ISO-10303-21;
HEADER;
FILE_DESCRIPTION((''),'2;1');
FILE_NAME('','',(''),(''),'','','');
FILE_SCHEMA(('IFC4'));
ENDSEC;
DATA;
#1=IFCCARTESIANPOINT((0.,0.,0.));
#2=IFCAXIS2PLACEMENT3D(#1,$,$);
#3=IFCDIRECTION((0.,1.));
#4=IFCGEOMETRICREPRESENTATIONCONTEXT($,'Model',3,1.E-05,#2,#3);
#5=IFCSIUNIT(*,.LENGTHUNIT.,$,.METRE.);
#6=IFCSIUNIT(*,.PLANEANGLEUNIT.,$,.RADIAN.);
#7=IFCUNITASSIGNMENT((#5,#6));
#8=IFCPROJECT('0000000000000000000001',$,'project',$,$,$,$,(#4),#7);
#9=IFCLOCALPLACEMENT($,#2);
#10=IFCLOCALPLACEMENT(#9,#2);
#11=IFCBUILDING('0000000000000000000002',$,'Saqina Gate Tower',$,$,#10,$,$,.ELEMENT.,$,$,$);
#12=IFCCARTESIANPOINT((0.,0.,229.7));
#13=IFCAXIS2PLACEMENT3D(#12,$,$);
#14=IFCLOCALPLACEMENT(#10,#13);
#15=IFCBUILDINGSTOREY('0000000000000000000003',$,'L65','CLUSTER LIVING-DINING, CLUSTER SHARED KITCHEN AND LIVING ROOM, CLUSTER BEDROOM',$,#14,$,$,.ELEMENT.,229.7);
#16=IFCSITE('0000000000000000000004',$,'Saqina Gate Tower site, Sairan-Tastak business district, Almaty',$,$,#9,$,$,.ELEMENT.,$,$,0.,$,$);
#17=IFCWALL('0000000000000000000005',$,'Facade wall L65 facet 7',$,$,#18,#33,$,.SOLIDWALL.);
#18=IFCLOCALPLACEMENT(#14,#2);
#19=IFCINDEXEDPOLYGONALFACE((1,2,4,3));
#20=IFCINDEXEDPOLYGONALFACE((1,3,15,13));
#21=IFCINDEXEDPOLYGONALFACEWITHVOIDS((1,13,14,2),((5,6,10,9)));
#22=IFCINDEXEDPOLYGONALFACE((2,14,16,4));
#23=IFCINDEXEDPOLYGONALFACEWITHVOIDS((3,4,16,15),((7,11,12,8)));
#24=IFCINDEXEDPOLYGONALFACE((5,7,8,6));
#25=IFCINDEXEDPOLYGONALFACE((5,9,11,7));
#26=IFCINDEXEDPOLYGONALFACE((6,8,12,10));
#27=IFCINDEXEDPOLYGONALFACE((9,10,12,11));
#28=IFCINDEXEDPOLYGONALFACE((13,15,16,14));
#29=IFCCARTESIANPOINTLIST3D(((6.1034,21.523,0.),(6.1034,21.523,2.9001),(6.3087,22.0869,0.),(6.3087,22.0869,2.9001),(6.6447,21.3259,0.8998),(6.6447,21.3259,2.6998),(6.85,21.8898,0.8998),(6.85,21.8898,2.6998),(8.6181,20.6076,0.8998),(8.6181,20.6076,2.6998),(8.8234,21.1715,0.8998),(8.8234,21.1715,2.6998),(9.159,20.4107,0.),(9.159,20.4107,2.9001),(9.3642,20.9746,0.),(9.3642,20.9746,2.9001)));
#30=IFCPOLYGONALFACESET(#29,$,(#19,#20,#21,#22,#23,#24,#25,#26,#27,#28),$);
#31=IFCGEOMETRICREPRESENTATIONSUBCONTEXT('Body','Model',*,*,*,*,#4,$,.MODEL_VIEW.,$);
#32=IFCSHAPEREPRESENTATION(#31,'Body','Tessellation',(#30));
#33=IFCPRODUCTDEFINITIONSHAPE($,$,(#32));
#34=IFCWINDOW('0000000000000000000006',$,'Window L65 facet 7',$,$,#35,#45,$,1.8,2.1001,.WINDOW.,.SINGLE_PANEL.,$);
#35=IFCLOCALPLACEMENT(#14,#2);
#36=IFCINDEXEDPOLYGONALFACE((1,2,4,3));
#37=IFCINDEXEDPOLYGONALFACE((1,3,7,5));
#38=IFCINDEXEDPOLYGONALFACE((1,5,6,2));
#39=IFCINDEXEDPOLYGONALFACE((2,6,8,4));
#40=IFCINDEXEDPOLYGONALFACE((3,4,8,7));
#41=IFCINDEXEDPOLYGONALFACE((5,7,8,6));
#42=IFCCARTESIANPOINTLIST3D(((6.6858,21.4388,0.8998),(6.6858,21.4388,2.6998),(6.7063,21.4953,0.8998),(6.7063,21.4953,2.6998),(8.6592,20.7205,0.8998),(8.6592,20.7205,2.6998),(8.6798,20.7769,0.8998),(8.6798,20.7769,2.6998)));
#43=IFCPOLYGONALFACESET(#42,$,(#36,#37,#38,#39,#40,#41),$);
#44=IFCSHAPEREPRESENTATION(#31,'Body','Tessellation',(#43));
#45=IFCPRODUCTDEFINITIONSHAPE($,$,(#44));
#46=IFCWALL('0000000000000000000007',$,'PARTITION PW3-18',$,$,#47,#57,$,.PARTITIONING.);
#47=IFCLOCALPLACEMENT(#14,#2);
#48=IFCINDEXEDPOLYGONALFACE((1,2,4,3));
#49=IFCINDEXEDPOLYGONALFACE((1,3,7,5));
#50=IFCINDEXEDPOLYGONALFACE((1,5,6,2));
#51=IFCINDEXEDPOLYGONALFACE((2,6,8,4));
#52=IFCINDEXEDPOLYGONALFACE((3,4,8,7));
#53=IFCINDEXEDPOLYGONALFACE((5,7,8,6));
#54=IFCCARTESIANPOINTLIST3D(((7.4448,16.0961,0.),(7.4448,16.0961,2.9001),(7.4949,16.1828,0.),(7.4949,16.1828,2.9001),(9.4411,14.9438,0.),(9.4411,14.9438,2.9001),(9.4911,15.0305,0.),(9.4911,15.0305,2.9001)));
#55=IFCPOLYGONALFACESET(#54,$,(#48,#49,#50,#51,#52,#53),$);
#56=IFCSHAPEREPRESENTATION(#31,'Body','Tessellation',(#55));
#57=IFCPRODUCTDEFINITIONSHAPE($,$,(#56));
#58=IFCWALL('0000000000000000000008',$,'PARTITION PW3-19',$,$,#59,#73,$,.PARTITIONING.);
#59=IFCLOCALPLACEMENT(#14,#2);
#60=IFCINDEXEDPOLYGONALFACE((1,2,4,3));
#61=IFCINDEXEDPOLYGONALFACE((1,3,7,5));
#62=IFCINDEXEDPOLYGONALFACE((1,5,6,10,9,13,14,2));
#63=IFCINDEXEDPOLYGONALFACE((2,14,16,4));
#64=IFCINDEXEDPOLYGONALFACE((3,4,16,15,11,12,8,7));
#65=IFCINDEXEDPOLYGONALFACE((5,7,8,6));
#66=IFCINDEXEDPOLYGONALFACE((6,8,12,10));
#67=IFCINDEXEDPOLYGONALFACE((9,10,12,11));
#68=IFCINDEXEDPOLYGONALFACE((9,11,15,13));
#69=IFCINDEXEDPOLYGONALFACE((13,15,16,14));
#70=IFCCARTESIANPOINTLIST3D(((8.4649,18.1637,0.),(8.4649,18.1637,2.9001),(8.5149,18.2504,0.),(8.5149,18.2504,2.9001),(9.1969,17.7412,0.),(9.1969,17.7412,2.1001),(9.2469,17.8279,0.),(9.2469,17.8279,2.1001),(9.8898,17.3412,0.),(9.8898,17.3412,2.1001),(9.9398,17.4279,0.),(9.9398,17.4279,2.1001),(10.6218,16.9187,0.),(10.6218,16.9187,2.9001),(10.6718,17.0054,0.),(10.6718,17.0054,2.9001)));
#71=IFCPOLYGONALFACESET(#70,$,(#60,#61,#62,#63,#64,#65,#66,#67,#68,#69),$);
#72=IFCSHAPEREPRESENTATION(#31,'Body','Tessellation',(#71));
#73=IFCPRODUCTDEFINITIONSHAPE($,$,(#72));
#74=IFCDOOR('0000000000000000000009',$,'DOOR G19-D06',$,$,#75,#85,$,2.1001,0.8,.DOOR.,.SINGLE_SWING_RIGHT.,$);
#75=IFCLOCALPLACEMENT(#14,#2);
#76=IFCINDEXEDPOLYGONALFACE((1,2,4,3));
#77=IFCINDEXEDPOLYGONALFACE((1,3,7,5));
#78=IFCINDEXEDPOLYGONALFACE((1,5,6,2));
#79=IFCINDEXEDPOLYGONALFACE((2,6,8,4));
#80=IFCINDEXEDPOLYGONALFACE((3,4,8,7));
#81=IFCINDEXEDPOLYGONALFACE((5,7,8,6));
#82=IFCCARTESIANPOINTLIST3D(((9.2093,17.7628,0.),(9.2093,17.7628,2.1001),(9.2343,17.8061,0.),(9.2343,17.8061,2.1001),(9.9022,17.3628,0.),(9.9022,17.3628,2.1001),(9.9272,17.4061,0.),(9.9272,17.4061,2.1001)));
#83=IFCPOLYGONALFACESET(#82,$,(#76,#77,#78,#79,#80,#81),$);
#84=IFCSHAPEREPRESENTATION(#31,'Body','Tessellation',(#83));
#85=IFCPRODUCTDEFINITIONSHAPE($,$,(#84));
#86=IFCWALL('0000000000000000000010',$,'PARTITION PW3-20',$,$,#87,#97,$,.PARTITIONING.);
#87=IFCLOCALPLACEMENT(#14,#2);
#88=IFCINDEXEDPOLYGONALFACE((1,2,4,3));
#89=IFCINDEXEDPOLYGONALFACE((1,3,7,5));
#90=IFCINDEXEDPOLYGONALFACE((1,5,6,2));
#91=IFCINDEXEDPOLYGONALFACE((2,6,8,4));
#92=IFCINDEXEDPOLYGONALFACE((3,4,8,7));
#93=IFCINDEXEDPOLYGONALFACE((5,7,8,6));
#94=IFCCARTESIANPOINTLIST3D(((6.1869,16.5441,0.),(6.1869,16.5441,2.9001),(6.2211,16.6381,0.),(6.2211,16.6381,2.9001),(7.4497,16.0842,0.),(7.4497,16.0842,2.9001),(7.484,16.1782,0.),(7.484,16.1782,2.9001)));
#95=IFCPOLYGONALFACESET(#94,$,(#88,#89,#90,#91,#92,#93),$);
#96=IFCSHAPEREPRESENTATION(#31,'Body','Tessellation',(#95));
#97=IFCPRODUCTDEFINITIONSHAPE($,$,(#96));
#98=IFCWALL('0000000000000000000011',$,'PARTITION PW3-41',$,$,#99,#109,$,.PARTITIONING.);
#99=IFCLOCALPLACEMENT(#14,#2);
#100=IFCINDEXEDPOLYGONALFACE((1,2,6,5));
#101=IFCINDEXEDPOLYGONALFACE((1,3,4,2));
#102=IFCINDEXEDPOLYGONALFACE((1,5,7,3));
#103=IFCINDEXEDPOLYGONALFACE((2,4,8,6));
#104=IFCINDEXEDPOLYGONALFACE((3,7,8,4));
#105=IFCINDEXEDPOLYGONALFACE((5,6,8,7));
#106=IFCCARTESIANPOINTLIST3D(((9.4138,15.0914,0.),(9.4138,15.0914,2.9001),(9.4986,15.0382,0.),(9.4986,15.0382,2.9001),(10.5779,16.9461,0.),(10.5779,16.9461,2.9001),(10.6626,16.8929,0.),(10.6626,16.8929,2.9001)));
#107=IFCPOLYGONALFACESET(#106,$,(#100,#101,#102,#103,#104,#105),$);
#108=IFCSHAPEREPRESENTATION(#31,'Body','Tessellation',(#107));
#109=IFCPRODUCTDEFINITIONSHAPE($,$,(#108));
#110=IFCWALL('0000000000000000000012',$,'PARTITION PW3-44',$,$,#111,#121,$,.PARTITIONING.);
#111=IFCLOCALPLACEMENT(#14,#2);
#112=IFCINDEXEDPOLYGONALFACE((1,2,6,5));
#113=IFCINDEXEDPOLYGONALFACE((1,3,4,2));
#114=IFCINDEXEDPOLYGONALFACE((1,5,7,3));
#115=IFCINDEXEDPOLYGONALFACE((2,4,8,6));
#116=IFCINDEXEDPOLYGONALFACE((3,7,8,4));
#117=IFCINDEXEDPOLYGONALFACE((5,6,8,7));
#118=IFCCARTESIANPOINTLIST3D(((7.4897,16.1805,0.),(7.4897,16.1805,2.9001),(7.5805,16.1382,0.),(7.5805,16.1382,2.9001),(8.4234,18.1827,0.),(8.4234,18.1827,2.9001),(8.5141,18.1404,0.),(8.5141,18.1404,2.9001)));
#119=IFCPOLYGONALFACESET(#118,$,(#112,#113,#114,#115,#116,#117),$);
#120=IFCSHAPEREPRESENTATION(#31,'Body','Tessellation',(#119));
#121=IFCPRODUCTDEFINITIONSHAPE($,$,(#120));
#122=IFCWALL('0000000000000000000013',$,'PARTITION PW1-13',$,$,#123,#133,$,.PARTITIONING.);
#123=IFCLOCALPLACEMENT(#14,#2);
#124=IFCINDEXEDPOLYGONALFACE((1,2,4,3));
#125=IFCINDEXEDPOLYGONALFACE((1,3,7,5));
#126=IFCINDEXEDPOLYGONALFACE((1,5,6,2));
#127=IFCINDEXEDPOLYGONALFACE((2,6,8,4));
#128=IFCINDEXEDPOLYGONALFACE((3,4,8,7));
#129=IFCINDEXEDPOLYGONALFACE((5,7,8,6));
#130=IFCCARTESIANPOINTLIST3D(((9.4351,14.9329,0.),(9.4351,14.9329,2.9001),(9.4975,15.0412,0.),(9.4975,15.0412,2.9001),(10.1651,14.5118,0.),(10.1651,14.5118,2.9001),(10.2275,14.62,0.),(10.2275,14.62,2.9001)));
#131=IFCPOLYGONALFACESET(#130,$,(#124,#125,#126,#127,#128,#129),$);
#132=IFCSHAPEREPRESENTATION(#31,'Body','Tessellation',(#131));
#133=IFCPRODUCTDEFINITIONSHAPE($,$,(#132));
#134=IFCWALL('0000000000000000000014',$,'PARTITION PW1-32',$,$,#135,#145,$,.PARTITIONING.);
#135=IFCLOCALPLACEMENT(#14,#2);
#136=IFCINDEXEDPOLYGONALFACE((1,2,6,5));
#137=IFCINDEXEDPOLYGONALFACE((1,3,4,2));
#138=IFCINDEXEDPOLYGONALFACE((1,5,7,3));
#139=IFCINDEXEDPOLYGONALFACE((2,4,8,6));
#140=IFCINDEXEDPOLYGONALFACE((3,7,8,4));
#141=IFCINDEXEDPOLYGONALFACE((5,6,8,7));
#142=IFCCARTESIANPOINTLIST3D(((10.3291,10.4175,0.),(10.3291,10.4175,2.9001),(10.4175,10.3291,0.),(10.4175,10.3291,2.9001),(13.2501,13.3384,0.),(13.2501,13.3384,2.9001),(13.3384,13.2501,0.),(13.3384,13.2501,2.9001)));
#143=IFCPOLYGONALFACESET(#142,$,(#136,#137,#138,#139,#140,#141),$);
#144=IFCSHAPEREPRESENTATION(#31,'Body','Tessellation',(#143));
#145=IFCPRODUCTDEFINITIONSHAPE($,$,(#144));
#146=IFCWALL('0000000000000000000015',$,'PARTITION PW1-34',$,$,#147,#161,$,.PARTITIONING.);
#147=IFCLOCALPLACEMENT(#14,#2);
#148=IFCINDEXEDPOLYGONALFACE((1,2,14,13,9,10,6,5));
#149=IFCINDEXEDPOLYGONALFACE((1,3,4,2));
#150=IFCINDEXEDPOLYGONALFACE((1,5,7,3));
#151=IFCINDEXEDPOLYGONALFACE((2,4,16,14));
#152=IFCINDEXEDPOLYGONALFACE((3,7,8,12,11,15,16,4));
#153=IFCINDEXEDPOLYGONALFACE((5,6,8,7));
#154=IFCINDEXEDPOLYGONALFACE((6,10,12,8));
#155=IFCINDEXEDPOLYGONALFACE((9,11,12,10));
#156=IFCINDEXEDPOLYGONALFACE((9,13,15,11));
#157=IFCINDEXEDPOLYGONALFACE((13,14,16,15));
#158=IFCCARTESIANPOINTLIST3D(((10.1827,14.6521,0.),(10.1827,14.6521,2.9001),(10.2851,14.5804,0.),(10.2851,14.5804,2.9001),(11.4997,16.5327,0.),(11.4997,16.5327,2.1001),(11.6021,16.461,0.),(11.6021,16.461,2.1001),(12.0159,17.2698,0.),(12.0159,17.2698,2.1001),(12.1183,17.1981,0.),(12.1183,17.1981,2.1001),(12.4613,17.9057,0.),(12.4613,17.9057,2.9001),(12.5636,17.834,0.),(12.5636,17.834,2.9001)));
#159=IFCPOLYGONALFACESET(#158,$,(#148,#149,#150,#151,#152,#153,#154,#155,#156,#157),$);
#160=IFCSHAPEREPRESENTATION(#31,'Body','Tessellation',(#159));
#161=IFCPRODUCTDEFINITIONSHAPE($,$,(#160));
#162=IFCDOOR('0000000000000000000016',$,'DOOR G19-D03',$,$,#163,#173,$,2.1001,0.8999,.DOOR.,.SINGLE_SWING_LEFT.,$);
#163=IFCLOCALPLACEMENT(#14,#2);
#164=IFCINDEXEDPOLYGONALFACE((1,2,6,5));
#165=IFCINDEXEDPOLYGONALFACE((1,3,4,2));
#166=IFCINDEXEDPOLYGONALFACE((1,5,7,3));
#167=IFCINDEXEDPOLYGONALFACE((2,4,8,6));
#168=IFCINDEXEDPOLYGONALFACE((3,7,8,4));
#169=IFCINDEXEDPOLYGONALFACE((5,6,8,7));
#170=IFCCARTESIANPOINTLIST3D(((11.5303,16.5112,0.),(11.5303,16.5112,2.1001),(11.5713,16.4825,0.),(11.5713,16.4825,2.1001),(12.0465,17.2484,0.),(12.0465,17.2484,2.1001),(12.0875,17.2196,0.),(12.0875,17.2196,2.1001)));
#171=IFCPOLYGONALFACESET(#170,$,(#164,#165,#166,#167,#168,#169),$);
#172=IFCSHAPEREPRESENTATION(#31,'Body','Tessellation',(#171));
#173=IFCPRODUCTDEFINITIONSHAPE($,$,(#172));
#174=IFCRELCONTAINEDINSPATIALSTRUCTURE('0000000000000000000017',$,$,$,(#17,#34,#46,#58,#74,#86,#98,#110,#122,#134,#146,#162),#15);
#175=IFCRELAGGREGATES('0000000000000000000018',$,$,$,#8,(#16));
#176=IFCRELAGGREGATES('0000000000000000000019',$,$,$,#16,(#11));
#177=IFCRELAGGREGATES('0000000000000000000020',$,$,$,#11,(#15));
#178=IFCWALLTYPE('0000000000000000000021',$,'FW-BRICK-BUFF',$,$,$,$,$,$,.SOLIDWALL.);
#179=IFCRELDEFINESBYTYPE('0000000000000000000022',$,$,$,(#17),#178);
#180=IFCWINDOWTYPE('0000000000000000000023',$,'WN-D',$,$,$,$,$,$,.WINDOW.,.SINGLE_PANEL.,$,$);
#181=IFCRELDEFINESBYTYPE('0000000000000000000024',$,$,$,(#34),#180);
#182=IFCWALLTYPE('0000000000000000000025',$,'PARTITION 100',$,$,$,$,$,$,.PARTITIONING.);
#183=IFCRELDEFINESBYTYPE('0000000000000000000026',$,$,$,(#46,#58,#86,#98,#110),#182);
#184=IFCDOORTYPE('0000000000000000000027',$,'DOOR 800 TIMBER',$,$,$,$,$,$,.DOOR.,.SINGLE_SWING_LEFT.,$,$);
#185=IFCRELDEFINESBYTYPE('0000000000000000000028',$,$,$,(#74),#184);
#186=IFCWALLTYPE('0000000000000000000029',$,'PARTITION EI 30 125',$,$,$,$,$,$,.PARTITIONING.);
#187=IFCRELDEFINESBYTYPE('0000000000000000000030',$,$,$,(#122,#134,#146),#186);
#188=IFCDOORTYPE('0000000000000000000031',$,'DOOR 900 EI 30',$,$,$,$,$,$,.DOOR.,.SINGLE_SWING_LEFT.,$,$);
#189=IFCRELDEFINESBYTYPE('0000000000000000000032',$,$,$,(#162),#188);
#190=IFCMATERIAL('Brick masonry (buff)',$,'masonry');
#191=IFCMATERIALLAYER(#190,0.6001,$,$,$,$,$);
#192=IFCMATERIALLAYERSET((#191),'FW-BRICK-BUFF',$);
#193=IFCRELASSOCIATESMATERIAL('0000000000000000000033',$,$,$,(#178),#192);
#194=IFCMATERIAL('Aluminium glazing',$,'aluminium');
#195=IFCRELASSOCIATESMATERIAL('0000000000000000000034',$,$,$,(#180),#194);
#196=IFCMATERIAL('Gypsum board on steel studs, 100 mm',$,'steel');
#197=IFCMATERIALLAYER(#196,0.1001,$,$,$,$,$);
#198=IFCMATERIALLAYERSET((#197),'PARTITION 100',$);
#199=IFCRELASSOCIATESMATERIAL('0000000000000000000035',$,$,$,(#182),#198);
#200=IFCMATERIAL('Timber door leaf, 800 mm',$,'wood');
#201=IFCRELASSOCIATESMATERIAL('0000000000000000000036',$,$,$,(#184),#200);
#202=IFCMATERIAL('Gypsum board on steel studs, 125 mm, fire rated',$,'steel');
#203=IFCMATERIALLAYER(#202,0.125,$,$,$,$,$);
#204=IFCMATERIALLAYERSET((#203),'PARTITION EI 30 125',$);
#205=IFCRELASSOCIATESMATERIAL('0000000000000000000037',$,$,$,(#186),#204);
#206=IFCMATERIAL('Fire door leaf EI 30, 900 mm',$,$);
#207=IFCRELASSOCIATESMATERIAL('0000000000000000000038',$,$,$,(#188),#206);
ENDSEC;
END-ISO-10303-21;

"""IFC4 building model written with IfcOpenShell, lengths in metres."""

from ifc_helpers import new_model, si_unit, direction, frame, frame_2d, origin, place, context, subcontext, project, spatial, rectangle, extrude, material, layer, layer_set, type_object, element, fill, save


model = new_model("IFC4")

# Units and contexts
model_context = context("Model", 3, precision=1e-05, world=origin(), true_north=direction((0.0, 1.0)))
body_context = subcontext(model_context, "Body", "Model", "MODEL_VIEW")
ifc_project = project(units=[si_unit("LENGTHUNIT", "METRE"), si_unit("PLANEANGLEUNIT", "RADIAN")], contexts=[model_context])

# Site, building, storey
site_placement = place(None, origin())
site = spatial("IfcSite", under=ifc_project, at=site_placement, Name="Saqina Gate Tower site, Sairan-Tastak business district, Almaty", CompositionType="ELEMENT", RefElevation=0.0)
building_placement = place(site_placement, origin())
building = spatial("IfcBuilding", under=site, at=building_placement, Name="Saqina Gate Tower", CompositionType="ELEMENT")
storey_placement = place(building_placement, frame((0.0, 0.0, 229.7)))
storey = spatial("IfcBuildingStorey", under=building, at=storey_placement, Name="L65", Description="CLUSTER LIVING-DINING, CLUSTER SHARED KITCHEN AND LIVING ROOM, CLUSTER BEDROOM", CompositionType="ELEMENT", Elevation=229.7)

# Wall, opening, window
ifc_material_1 = material(Name="Brick masonry (buff)", Category="masonry")
ifc_layer_1 = layer(ifc_material_1, 0.6001)
ifc_layer_set_1 = layer_set([ifc_layer_1], Name="FW-BRICK-BUFF")
wall_type_1 = type_object("IfcWallType", Name="FW-BRICK-BUFF", PredefinedType="SOLIDWALL", material=ifc_layer_set_1)
ifc_material_2 = material(Name="Aluminium glazing", Category="aluminium")
window_type = type_object("IfcWindowType", Name="WN-D", PartitioningType="SINGLE_PANEL", PredefinedType="WINDOW", material=ifc_material_2)
wall_1_placement = place(storey_placement, frame((9.2617, 20.6926, 0.0), z_axis=(0.0, 0.0, 1.0), x_axis=(-0.939679, 0.342057, 0.0)))
wall_1 = element("IfcWall", 1, at=wall_1_placement, inside=storey, type_object=wall_type_1, Name="Facade wall L65 facet 7", PredefinedType="SOLIDWALL", context=body_context, shape_type="SweptSolid", body=[
    extrude(rectangle(XDim=3.2517, YDim=0.6001, at=frame_2d((1.626, 0.0))), origin(), (0.0, 0.0, 1.0), 2.9001),
])
opening_1_placement = place(wall_1_placement, frame((0.5757, 0.0, 0.8999)))
opening_1 = element("IfcOpeningElement", 2, at=opening_1_placement, cuts=wall_1, PredefinedType="OPENING", context=body_context, shape_type="SweptSolid", body=[
    extrude(rectangle(XDim=2.1001, YDim=1.8, at=frame_2d((1.05, 0.8999))), frame((0.0, 0.312, 0.0), z_axis=(0.0, -1.0, 0.0), x_axis=(1.0, 0.0, 0.0)), (0.0, 0.0, 1.0), 0.624),
])
window_1_placement = place(opening_1_placement, origin())
window_1 = element("IfcWindow", 3, at=window_1_placement, inside=storey, type_object=window_type, Name="Window L65 facet 7", OverallHeight=1.8, OverallWidth=2.1001, PartitioningType="SINGLE_PANEL", PredefinedType="WINDOW", context=body_context, shape_type="SweptSolid", body=[
    extrude(rectangle(XDim=2.1001, YDim=1.8, at=frame_2d((1.05, 0.8999))), frame((0.0, 0.1799, 0.0), z_axis=(0.0, -1.0, 0.0), x_axis=(1.0, 0.0, 0.0)), (0.0, 0.0, 1.0), 0.0601),
])
fill(opening_1, window_1)

# Wall
ifc_material_3 = material(Name="Gypsum board on steel studs, 100 mm", Category="steel")
ifc_layer_2 = layer(ifc_material_3, 0.1001)
ifc_layer_set_2 = layer_set([ifc_layer_2], Name="PARTITION 100")
wall_type_2 = type_object("IfcWallType", Name="PARTITION 100", PredefinedType="PARTITIONING", material=ifc_layer_set_2)
wall_2_placement = place(storey_placement, frame((7.47, 16.1394, 0.0), z_axis=(0.0, 0.0, 1.0), x_axis=(0.866071, -0.499921, 0.0)))
element("IfcWall", 4, at=wall_2_placement, inside=storey, type_object=wall_type_2, Name="PARTITION PW3-18", PredefinedType="PARTITIONING", context=body_context, shape_type="SweptSolid", body=[
    extrude(rectangle(XDim=2.3049, YDim=0.1001, at=frame_2d((1.1523, 0.0))), origin(), (0.0, 0.0, 1.0), 2.9001),
])

# Wall, opening, door
wall_3_placement = place(storey_placement, frame((8.49, 18.207, 0.0), z_axis=(0.0, 0.0, 1.0), x_axis=(0.866063, -0.499935, 0.0)))
wall_3 = element("IfcWall", 5, at=wall_3_placement, inside=storey, type_object=wall_type_2, Name="PARTITION PW3-19", PredefinedType="PARTITIONING", context=body_context, shape_type="SweptSolid", body=[
    extrude(rectangle(XDim=2.4905, YDim=0.1001, at=frame_2d((1.2451, 0.0))), origin(), (0.0, 0.0, 1.0), 2.9001),
])
opening_2_placement = place(wall_3_placement, frame((0.8452, 0.0, 0.0)))
opening_2 = element("IfcOpeningElement", 6, at=opening_2_placement, cuts=wall_3, PredefinedType="OPENING", context=body_context, shape_type="SweptSolid", body=[
    extrude(rectangle(XDim=0.8, YDim=2.1001, at=frame_2d((0.3999, 1.05))), frame((0.0, 0.062, 0.0), z_axis=(0.0, -1.0, 0.0), x_axis=(1.0, 0.0, 0.0)), (0.0, 0.0, 1.0), 0.124),
])
ifc_material_4 = material(Name="Timber door leaf, 800 mm", Category="wood")
door_type_1 = type_object("IfcDoorType", Name="DOOR 800 TIMBER", OperationType="SINGLE_SWING_LEFT", PredefinedType="DOOR", material=ifc_material_4)
door_1_placement = place(opening_2_placement, origin())
door_1 = element("IfcDoor", 7, at=door_1_placement, inside=storey, type_object=door_type_1, Name="DOOR G19-D06", OperationType="SINGLE_SWING_RIGHT", OverallHeight=2.1001, OverallWidth=0.8, PredefinedType="DOOR", context=body_context, shape_type="SweptSolid", body=[
    extrude(rectangle(XDim=0.8, YDim=2.1001, at=frame_2d((0.3999, 1.05))), frame((0.0, 0.0249, 0.0), z_axis=(0.0, -1.0, 0.0), x_axis=(1.0, 0.0, 0.0)), (0.0, 0.0, 1.0), 0.05),
])
fill(opening_2, door_1)

# Walls
wall_4_placement = place(storey_placement, frame((6.2041, 16.5911, 0.0), z_axis=(0.0, 0.0, 1.0), x_axis=(0.939624, -0.34221, 0.0)))
element("IfcWall", 8, at=wall_4_placement, inside=storey, type_object=wall_type_2, Name="PARTITION PW3-20", PredefinedType="PARTITIONING", context=body_context, shape_type="SweptSolid", body=[
    extrude(rectangle(XDim=1.344, YDim=0.1001, at=frame_2d((0.6719, 0.0))), origin(), (0.0, 0.0, 1.0), 2.9001),
])
wall_5_placement = place(storey_placement, frame((9.4563, 15.0649, 0.0), z_axis=(0.0, 0.0, 1.0), x_axis=(0.531591, 0.847001, 0.0)))
element("IfcWall", 9, at=wall_5_placement, inside=storey, type_object=wall_type_2, Name="PARTITION PW3-41", PredefinedType="PARTITIONING", context=body_context, shape_type="SweptSolid", body=[
    extrude(rectangle(XDim=2.1897, YDim=0.1001, at=frame_2d((1.0947, 0.0))), origin(), (0.0, 0.0, 1.0), 2.9001),
])
wall_6_placement = place(storey_placement, frame((7.5352, 16.1594, 0.0), z_axis=(0.0, 0.0, 1.0), x_axis=(0.422601, 0.906316, 0.0)))
element("IfcWall", 10, at=wall_6_placement, inside=storey, type_object=wall_type_2, Name="PARTITION PW3-44", PredefinedType="PARTITIONING", context=body_context, shape_type="SweptSolid", body=[
    extrude(rectangle(XDim=2.2092, YDim=0.1001, at=frame_2d((1.1045, 0.0))), origin(), (0.0, 0.0, 1.0), 2.9001),
])
ifc_material_5 = material(Name="Gypsum board on steel studs, 125 mm, fire rated", Category="steel")
ifc_layer_3 = layer(ifc_material_5, 0.125)
ifc_layer_set_3 = layer_set([ifc_layer_3], Name="PARTITION EI 30 125")
wall_type_3 = type_object("IfcWallType", Name="PARTITION EI 30 125", PredefinedType="PARTITIONING", material=ifc_layer_set_3)
wall_7_placement = place(storey_placement, frame((9.4663, 14.9871, 0.0), z_axis=(0.0, 0.0, 1.0), x_axis=(0.866186, -0.499722, 0.0)))
element("IfcWall", 11, at=wall_7_placement, inside=storey, type_object=wall_type_3, Name="PARTITION PW1-13", PredefinedType="PARTITIONING", context=body_context, shape_type="SweptSolid", body=[
    extrude(rectangle(XDim=0.8428, YDim=0.125, at=frame_2d((0.4214, 0.0))), origin(), (0.0, 0.0, 1.0), 2.9001),
])
wall_8_placement = place(storey_placement, frame((10.3733, 10.3733, 0.0), z_axis=(0.0, 0.0, 1.0), x_axis=(0.707107, 0.707107, 0.0)))
element("IfcWall", 12, at=wall_8_placement, inside=storey, type_object=wall_type_3, Name="PARTITION PW1-32", PredefinedType="PARTITIONING", context=body_context, shape_type="SweptSolid", body=[
    extrude(rectangle(XDim=4.1309, YDim=0.125, at=frame_2d((2.0654, 0.0))), origin(), (0.0, 0.0, 1.0), 2.9001),
])

# Wall, opening, door
wall_9_placement = place(storey_placement, frame((10.2339, 14.6162, 0.0), z_axis=(0.0, 0.0, 1.0), x_axis=(0.573631, 0.819114, 0.0)))
wall_9 = element("IfcWall", 13, at=wall_9_placement, inside=storey, type_object=wall_type_3, Name="PARTITION PW1-34", PredefinedType="PARTITIONING", context=body_context, shape_type="SweptSolid", body=[
    extrude(rectangle(XDim=3.9722, YDim=0.125, at=frame_2d((1.9861, 0.0))), origin(), (0.0, 0.0, 1.0), 2.9001),
])
opening_3_placement = place(wall_9_placement, frame((2.2959, 0.0, 0.0)))
opening_3 = element("IfcOpeningElement", 14, at=opening_3_placement, cuts=wall_9, PredefinedType="OPENING", context=body_context, shape_type="SweptSolid", body=[
    extrude(rectangle(XDim=0.8999, YDim=2.1001, at=frame_2d((0.45, 1.05))), frame((0.0, 0.0745, 0.0), z_axis=(0.0, -1.0, 0.0), x_axis=(1.0, 0.0, 0.0)), (0.0, 0.0, 1.0), 0.1489),
])
ifc_material_6 = material(Name="Fire door leaf EI 30, 900 mm")
door_type_2 = type_object("IfcDoorType", Name="DOOR 900 EI 30", OperationType="SINGLE_SWING_LEFT", PredefinedType="DOOR", material=ifc_material_6)
door_2_placement = place(opening_3_placement, frame((0.8999, 0.0, 0.0), z_axis=(0.0, 0.0, 1.0), x_axis=(-1.0, 0.0, 0.0)))
door_2 = element("IfcDoor", 15, at=door_2_placement, inside=storey, type_object=door_type_2, Name="DOOR G19-D03", OperationType="SINGLE_SWING_LEFT", OverallHeight=2.1001, OverallWidth=0.8999, PredefinedType="DOOR", context=body_context, shape_type="SweptSolid", body=[
    extrude(rectangle(XDim=0.8999, YDim=2.1001, at=frame_2d((0.45, 1.05))), frame((0.0, 0.0249, 0.0), z_axis=(0.0, -1.0, 0.0), x_axis=(1.0, 0.0, 0.0)), (0.0, 0.0, 1.0), 0.05),
])
fill(opening_3, door_2)

save(model, "model.ifc")
